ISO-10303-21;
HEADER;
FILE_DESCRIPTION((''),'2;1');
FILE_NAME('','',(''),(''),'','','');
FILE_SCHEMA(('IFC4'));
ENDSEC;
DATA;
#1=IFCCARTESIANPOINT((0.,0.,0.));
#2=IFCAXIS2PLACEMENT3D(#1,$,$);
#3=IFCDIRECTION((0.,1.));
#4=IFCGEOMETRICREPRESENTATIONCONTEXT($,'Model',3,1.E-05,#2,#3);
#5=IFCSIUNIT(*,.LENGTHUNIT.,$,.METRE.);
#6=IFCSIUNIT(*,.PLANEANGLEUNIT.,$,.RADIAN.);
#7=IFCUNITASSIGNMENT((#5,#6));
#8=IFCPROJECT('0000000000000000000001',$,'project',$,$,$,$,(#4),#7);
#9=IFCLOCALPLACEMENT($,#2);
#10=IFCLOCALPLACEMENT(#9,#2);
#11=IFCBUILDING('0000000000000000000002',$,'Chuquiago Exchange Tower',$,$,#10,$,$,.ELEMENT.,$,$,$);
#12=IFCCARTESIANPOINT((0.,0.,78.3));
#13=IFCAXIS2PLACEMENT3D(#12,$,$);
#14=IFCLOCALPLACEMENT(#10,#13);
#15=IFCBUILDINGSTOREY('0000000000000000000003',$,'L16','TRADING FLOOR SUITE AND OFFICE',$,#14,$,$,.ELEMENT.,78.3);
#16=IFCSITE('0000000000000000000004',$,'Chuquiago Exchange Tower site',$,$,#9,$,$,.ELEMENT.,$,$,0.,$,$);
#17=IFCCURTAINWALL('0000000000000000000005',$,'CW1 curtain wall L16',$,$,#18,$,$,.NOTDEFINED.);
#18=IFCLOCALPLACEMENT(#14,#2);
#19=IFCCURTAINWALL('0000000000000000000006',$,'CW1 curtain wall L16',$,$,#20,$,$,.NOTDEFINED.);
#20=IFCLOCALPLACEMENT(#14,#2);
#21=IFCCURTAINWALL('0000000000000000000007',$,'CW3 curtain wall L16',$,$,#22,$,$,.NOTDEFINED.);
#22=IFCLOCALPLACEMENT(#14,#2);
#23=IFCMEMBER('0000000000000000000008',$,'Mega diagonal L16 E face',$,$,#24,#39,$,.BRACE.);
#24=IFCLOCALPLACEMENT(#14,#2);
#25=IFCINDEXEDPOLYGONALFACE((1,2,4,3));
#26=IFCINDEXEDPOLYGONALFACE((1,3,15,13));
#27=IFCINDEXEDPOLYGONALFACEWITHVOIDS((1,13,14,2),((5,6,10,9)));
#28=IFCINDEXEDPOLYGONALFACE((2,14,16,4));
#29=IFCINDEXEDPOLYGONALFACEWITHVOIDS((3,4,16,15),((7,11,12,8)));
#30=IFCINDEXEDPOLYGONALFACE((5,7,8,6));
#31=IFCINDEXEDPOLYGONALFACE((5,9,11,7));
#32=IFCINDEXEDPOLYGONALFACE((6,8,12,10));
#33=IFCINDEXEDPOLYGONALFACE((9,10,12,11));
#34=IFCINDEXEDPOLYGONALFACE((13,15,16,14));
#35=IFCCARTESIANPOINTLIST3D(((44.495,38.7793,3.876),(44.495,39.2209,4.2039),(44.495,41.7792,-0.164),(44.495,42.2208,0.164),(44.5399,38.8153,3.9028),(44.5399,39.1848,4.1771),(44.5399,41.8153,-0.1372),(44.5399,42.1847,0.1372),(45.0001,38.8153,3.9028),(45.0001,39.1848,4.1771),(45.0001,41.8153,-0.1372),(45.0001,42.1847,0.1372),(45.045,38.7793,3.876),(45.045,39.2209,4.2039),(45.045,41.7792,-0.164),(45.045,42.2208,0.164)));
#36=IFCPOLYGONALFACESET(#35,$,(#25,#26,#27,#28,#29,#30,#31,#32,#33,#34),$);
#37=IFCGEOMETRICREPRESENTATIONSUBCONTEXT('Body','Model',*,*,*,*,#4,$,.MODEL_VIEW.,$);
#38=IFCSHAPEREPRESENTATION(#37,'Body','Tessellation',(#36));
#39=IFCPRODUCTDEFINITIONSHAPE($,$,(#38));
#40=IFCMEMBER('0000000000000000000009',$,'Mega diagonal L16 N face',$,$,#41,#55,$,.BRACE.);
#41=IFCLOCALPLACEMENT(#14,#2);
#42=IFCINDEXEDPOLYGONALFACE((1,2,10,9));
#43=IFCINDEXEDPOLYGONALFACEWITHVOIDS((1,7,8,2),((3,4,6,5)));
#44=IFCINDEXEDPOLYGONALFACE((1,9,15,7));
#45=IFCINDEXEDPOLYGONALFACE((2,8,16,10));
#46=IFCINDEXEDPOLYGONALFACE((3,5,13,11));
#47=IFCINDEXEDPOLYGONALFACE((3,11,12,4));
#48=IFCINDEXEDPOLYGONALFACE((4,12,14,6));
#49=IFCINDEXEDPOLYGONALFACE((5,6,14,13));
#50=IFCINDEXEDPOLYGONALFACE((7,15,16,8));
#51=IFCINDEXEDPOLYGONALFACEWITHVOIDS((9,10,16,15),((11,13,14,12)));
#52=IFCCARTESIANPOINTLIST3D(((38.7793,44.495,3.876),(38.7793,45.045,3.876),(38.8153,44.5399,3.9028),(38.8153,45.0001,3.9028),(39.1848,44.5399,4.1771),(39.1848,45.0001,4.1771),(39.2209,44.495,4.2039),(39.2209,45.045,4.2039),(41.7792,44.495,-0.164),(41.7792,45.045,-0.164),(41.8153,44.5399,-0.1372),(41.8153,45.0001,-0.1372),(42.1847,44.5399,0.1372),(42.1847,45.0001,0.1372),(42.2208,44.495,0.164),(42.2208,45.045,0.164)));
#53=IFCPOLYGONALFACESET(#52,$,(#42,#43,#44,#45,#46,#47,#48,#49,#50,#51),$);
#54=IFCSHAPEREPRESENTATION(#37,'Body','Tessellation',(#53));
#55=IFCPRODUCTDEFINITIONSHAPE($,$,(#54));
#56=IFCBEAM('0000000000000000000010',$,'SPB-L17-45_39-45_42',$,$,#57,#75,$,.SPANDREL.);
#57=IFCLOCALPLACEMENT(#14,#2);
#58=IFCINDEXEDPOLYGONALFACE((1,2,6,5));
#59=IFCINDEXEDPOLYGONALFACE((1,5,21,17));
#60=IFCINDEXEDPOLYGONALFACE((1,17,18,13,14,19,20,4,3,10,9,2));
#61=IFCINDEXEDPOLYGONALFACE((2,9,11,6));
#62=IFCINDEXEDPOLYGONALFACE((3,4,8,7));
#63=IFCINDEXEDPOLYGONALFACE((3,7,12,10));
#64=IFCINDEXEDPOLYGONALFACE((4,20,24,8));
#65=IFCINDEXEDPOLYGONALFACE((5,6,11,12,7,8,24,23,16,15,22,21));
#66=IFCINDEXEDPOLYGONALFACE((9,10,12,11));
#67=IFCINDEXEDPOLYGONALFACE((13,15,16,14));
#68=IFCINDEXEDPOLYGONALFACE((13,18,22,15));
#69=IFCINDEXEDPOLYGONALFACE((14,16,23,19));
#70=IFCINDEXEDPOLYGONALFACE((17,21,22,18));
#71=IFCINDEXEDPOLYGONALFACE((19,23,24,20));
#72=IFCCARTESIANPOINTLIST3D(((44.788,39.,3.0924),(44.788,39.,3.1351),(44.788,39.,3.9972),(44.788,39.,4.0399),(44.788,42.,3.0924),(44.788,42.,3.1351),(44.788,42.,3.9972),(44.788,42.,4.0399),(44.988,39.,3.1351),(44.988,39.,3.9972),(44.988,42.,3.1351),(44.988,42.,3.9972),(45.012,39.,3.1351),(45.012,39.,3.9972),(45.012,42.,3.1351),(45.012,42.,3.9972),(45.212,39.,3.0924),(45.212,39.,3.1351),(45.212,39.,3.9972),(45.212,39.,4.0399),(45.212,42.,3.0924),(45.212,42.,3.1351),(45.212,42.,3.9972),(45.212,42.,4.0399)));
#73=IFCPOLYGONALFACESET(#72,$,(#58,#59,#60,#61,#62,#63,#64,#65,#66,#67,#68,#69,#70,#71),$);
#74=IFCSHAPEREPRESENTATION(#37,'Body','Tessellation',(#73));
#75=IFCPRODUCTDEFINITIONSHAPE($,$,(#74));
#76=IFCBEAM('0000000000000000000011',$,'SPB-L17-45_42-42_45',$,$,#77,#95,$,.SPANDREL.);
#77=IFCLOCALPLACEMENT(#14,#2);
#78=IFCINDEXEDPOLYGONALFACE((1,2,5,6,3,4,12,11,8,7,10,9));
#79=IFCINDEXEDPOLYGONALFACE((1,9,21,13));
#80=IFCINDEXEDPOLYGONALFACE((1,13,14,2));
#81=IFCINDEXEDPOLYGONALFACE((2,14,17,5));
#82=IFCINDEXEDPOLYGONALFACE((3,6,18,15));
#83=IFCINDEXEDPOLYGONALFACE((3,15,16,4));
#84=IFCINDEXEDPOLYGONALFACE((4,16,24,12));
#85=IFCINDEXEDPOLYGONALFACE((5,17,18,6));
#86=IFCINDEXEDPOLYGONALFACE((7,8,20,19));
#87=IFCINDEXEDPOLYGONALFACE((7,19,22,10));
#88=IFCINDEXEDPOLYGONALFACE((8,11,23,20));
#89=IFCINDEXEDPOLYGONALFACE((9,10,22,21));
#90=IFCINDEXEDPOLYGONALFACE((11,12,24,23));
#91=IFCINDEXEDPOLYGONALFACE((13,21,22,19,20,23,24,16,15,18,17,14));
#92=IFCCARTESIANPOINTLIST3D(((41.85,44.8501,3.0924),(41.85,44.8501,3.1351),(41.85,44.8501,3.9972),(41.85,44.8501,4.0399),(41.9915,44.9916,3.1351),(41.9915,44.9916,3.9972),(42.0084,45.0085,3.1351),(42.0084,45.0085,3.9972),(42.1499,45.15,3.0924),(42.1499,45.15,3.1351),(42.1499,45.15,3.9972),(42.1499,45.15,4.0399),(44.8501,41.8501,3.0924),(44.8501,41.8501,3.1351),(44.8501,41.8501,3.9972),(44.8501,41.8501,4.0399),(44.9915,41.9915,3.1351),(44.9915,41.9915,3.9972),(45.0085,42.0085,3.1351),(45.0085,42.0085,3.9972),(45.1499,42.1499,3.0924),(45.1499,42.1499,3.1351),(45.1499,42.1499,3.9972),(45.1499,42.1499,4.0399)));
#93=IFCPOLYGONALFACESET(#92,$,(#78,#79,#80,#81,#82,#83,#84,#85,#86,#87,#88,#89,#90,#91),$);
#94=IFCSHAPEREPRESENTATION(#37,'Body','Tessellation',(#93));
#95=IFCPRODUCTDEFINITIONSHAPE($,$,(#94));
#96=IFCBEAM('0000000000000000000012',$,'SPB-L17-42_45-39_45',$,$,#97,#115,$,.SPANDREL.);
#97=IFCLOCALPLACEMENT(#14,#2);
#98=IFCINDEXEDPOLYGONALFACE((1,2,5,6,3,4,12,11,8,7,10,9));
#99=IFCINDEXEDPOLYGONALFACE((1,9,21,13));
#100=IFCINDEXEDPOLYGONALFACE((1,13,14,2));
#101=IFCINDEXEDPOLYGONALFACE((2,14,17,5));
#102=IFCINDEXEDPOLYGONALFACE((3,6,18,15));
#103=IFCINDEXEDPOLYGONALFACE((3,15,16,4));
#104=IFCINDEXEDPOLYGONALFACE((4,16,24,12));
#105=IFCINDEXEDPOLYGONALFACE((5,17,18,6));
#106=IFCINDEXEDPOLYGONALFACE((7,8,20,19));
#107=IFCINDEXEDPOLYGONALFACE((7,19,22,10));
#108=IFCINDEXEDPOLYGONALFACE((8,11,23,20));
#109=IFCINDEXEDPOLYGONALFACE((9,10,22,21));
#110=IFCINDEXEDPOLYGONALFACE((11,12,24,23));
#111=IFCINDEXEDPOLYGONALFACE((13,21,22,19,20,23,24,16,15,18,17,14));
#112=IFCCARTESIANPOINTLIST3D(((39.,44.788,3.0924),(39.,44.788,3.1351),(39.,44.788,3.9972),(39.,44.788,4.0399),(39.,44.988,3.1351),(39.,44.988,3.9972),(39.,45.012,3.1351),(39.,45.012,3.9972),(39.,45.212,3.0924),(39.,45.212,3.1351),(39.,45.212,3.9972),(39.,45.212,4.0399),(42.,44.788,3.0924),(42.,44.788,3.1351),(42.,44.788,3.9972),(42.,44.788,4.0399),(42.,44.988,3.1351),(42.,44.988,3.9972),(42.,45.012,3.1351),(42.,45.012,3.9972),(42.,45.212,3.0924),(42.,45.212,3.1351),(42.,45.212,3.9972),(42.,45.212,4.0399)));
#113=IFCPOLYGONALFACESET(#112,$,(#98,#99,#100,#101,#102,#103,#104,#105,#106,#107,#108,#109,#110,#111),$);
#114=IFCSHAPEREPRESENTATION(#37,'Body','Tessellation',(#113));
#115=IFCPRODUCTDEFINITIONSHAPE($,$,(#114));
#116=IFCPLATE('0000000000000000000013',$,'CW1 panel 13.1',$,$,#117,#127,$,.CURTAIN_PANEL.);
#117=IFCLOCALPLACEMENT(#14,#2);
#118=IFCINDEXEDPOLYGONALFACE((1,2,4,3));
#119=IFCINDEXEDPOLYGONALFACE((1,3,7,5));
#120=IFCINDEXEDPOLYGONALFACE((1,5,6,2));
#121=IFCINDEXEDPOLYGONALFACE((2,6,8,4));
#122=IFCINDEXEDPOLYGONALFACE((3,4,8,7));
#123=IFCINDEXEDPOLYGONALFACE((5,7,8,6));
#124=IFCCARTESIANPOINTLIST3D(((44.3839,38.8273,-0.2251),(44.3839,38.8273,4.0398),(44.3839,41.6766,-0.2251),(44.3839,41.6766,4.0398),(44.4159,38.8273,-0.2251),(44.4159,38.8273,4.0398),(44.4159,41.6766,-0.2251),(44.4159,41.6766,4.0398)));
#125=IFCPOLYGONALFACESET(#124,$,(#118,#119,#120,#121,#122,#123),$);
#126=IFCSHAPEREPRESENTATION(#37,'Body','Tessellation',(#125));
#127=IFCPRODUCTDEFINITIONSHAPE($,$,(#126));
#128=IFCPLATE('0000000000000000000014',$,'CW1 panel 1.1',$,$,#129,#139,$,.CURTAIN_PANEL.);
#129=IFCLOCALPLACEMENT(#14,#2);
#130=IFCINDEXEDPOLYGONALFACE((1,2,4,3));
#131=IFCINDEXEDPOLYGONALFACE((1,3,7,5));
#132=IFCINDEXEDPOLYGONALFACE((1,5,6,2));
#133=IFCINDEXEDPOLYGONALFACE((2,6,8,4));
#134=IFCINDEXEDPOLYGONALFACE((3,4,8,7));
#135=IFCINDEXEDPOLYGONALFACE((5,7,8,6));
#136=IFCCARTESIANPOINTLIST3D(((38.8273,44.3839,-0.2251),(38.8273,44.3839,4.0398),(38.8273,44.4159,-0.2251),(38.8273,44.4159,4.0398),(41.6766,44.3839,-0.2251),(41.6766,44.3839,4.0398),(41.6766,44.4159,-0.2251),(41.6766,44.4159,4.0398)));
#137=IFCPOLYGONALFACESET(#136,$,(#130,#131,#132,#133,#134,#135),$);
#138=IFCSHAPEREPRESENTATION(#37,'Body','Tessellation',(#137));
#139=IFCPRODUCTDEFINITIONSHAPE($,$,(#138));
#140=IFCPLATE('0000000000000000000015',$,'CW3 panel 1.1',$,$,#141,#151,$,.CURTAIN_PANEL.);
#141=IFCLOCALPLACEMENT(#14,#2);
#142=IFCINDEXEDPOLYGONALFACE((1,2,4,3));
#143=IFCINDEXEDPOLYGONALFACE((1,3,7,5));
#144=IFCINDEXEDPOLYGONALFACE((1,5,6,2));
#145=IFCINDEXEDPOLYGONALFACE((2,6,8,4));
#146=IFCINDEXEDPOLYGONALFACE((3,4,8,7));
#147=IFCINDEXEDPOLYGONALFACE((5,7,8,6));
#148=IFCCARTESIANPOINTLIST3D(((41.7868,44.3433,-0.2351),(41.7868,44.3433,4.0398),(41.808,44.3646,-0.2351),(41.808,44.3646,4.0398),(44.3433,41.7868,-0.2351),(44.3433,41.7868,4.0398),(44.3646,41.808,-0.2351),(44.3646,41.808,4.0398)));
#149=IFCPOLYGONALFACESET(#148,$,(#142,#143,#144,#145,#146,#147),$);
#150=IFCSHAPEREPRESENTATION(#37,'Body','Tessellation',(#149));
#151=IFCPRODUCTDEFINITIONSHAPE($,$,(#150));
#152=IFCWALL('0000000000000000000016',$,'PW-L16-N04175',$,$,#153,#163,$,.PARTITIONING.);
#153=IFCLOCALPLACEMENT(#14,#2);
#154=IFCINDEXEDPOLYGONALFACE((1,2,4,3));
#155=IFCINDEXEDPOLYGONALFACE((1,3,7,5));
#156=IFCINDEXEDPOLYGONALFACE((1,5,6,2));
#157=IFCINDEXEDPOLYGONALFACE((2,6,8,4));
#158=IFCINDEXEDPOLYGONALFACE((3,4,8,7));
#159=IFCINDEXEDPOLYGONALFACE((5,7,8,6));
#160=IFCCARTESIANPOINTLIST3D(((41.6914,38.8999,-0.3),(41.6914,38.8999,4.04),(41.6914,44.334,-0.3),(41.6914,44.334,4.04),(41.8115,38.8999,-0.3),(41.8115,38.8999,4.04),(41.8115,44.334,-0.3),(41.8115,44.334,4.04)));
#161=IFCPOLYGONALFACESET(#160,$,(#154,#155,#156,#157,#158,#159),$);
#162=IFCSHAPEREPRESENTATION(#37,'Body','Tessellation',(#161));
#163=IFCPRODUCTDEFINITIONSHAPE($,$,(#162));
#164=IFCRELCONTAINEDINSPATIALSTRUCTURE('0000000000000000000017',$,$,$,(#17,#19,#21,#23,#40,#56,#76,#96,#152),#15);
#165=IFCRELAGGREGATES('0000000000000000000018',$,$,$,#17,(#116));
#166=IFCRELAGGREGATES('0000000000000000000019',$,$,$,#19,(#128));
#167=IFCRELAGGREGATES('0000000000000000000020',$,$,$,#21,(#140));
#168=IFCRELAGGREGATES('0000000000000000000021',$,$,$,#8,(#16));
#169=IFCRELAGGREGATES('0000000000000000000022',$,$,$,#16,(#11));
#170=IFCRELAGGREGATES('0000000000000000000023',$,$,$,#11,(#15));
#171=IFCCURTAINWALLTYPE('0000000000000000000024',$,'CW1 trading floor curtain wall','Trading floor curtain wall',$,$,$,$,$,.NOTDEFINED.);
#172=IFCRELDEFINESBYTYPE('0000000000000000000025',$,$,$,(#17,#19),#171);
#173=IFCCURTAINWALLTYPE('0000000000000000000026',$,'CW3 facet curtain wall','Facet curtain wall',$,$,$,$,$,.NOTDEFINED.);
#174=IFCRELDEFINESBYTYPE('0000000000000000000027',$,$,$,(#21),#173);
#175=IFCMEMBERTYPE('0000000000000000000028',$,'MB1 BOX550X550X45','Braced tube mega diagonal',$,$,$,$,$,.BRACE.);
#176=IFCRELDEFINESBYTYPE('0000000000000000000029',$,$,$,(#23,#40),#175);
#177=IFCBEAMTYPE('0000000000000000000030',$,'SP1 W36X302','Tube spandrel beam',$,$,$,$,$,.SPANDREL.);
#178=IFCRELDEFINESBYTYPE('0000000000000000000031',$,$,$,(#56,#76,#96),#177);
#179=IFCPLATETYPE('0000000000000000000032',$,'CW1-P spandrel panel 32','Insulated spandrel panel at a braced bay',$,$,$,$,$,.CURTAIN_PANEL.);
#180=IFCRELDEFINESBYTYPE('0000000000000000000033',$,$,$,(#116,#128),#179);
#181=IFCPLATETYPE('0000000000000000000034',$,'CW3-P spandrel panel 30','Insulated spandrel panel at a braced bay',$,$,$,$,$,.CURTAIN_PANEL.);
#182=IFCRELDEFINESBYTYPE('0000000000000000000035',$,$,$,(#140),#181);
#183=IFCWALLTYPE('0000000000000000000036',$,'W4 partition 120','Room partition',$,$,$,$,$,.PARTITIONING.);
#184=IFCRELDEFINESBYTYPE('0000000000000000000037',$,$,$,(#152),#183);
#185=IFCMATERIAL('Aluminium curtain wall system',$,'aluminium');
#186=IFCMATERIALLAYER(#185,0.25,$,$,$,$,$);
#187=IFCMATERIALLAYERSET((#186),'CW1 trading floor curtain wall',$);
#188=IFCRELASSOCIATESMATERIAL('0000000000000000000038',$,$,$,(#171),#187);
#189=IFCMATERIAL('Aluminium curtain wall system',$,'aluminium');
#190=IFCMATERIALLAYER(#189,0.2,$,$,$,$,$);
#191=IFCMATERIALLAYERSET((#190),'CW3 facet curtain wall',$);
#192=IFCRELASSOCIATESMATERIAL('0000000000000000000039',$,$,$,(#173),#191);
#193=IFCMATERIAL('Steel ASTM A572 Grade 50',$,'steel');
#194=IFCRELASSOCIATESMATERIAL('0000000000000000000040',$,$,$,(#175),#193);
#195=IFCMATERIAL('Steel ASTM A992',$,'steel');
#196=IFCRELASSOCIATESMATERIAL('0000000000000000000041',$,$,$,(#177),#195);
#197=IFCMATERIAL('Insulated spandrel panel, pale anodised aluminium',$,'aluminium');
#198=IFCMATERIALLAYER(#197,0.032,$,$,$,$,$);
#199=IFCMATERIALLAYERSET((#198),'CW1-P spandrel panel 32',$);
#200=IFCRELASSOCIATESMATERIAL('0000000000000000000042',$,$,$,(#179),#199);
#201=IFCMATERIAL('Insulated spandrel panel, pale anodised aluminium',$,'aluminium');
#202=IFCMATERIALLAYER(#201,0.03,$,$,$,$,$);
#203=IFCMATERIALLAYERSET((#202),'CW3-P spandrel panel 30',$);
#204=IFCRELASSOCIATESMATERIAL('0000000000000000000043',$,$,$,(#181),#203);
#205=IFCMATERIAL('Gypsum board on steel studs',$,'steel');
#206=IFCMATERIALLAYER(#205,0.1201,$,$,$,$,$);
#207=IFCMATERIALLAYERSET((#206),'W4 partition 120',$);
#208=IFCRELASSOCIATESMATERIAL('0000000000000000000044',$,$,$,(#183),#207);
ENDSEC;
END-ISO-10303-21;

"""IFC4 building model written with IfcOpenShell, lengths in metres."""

from ifc_helpers import new_model, si_unit, direction, frame, frame_2d, origin, origin_2d, place, context, subcontext, project, spatial, rectangle, hollow_rectangle, i_section, extrude, material, layer, layer_set, material_profile, profile_set, type_object, element, aggregate, save


model = new_model("IFC4")

# Units and contexts
model_context = context("Model", 3, precision=1e-05, world=origin(), true_north=direction((0.0, 1.0)))
body_context = subcontext(model_context, "Body", "Model", "MODEL_VIEW")
ifc_project = project(units=[si_unit("LENGTHUNIT", "METRE"), si_unit("PLANEANGLEUNIT", "RADIAN")], contexts=[model_context])

# Site, building, storey
site_placement = place(None, origin())
site = spatial("IfcSite", under=ifc_project, at=site_placement, Name="Chuquiago Exchange Tower site", CompositionType="ELEMENT", RefElevation=0.0)
building_placement = place(site_placement, origin())
building = spatial("IfcBuilding", under=site, at=building_placement, Name="Chuquiago Exchange Tower", CompositionType="ELEMENT")
storey_placement = place(building_placement, frame((0.0, 0.0, 78.3)))
storey = spatial("IfcBuildingStorey", under=building, at=storey_placement, Name="L16", Description="TRADING FLOOR SUITE AND OFFICE", CompositionType="ELEMENT", Elevation=78.3)

# Curtain walls
ifc_material_1 = material(Name="Aluminium curtain wall system", Category="aluminium")
ifc_layer_1 = layer(ifc_material_1, 0.25)
ifc_layer_set_1 = layer_set([ifc_layer_1], Name="CW1 trading floor curtain wall")
curtain_wall_type_1 = type_object("IfcCurtainWallType", Name="CW1 trading floor curtain wall", Description="Trading floor curtain wall", PredefinedType="NOTDEFINED", material=ifc_layer_set_1)
curtain_wall_1_placement = place(storey_placement, origin())
curtain_wall_1 = element("IfcCurtainWall", 1, at=curtain_wall_1_placement, inside=storey, type_object=curtain_wall_type_1, Name="CW1 curtain wall L16", PredefinedType="NOTDEFINED")
curtain_wall_2_placement = place(storey_placement, origin())
curtain_wall_2 = element("IfcCurtainWall", 2, at=curtain_wall_2_placement, inside=storey, type_object=curtain_wall_type_1, Name="CW1 curtain wall L16", PredefinedType="NOTDEFINED")

# Curtain wall
ifc_material_2 = material(Name="Aluminium curtain wall system", Category="aluminium")
ifc_layer_2 = layer(ifc_material_2, 0.2)
ifc_layer_set_2 = layer_set([ifc_layer_2], Name="CW3 facet curtain wall")
curtain_wall_type_2 = type_object("IfcCurtainWallType", Name="CW3 facet curtain wall", Description="Facet curtain wall", PredefinedType="NOTDEFINED", material=ifc_layer_set_2)
curtain_wall_3_placement = place(storey_placement, origin())
curtain_wall_3 = element("IfcCurtainWall", 3, at=curtain_wall_3_placement, inside=storey, type_object=curtain_wall_type_2, Name="CW3 curtain wall L16", PredefinedType="NOTDEFINED")

# Members
ifc_material_3 = material(Name="Steel ASTM A572 Grade 50", Category="steel")
ifc_material_profile_1 = material_profile(ifc_material_3, hollow_rectangle(XDim=0.55, YDim=0.55, WallThickness=0.0449, at=origin_2d()), Name="BOX550X550X45")
ifc_profile_set_1 = profile_set([ifc_material_profile_1], Name="Steel ASTM A572 Grade 50")
member_type_1 = type_object("IfcMemberType", Name="MB1 BOX550X550X45", Description="Braced tube mega diagonal", PredefinedType="BRACE", material=ifc_profile_set_1)
for number, where, z_axis, x_axis, name in (
    (4, (44.77, 42.0, 0.0), (0.0, -0.596174, 0.802855), (1.0, 0.0, 0.0), "Mega diagonal L16 E face"),
    (5, (42.0, 44.77, 0.0), (-0.596174, 0.0, 0.802855), (0.0, -1.0, 0.0), "Mega diagonal L16 N face"),
):
    element("IfcMember", number, at=place(storey_placement, frame(where, z_axis=z_axis, x_axis=x_axis)), inside=storey, type_object=member_type_1, Name=name, PredefinedType="BRACE", context=body_context, shape_type="SweptSolid", body=[
        extrude(hollow_rectangle(XDim=0.55, YDim=0.55, WallThickness=0.0449, at=origin_2d()), origin(), (0.0, 0.0, 1.0), 5.032),
    ])

# Beams
ifc_material_4 = material(Name="Steel ASTM A992", Category="steel")
ifc_material_profile_2 = material_profile(ifc_material_4, i_section(OverallWidth=0.4241, OverallDepth=0.9475, WebThickness=0.0239, FlangeThickness=0.0427, at=origin_2d()), Name="W36X302")
ifc_profile_set_2 = profile_set([ifc_material_profile_2], Name="Steel ASTM A992")
beam_type = type_object("IfcBeamType", Name="SP1 W36X302", Description="Tube spandrel beam", PredefinedType="SPANDREL", material=ifc_profile_set_2)
beam_1_placement = place(storey_placement, frame((45.0, 39.0, 3.5662), z_axis=(0.0, 1.0, 0.0), x_axis=(-1.0, 0.0, 0.0)))
element("IfcBeam", 6, at=beam_1_placement, inside=storey, type_object=beam_type, Name="SPB-L17-45_39-45_42", PredefinedType="SPANDREL", context=body_context, shape_type="SweptSolid", body=[
    extrude(i_section(OverallWidth=0.4241, OverallDepth=0.9475, WebThickness=0.0239, FlangeThickness=0.0427, at=origin_2d()), origin(), (0.0, 0.0, 1.0), 3.0),
])
beam_2_placement = place(storey_placement, frame((45.0, 42.0, 3.5662), z_axis=(-0.707107, 0.707107, 0.0), x_axis=(-0.707107, -0.707107, 0.0)))
element("IfcBeam", 7, at=beam_2_placement, inside=storey, type_object=beam_type, Name="SPB-L17-45_42-42_45", PredefinedType="SPANDREL", context=body_context, shape_type="SweptSolid", body=[
    extrude(i_section(OverallWidth=0.4241, OverallDepth=0.9475, WebThickness=0.0239, FlangeThickness=0.0427, at=origin_2d()), origin(), (0.0, 0.0, 1.0), 4.2427),
])
beam_3_placement = place(storey_placement, frame((42.0, 45.0, 3.5662), z_axis=(-1.0, 0.0, 0.0), x_axis=(0.0, -1.0, 0.0)))
element("IfcBeam", 8, at=beam_3_placement, inside=storey, type_object=beam_type, Name="SPB-L17-42_45-39_45", PredefinedType="SPANDREL", context=body_context, shape_type="SweptSolid", body=[
    extrude(i_section(OverallWidth=0.4241, OverallDepth=0.9475, WebThickness=0.0239, FlangeThickness=0.0427, at=origin_2d()), origin(), (0.0, 0.0, 1.0), 3.0),
])

# Plates
ifc_material_5 = material(Name="Insulated spandrel panel, pale anodised aluminium", Category="aluminium")
ifc_layer_3 = layer(ifc_material_5, 0.032)
ifc_layer_set_3 = layer_set([ifc_layer_3], Name="CW1-P spandrel panel 32")
plate_type_1 = type_object("IfcPlateType", Name="CW1-P spandrel panel 32", Description="Insulated spandrel panel at a braced bay", PredefinedType="CURTAIN_PANEL", material=ifc_layer_set_3)
plate_1_placement = place(storey_placement, frame((44.3999, 40.252, -0.2251), z_axis=(0.0, 0.0, 1.0), x_axis=(0.0, 1.0, 0.0)))
plate_1 = element("IfcPlate", 9, at=plate_1_placement, type_object=plate_type_1, Name="CW1 panel 13.1", PredefinedType="CURTAIN_PANEL", context=body_context, shape_type="SweptSolid", body=[
    extrude(rectangle(XDim=2.8494, YDim=0.032, at=origin_2d()), origin(), (0.0, 0.0, 1.0), 4.2649),
])
aggregate(curtain_wall_1, [plate_1])
plate_2_placement = place(storey_placement, frame((40.252, 44.3999, -0.2251), z_axis=(0.0, 0.0, 1.0), x_axis=(-1.0, 0.0, 0.0)))
plate_2 = element("IfcPlate", 10, at=plate_2_placement, type_object=plate_type_1, Name="CW1 panel 1.1", PredefinedType="CURTAIN_PANEL", context=body_context, shape_type="SweptSolid", body=[
    extrude(rectangle(XDim=2.8494, YDim=0.032, at=origin_2d()), origin(), (0.0, 0.0, 1.0), 4.2649),
])
aggregate(curtain_wall_2, [plate_2])
ifc_material_6 = material(Name="Insulated spandrel panel, pale anodised aluminium", Category="aluminium")
ifc_layer_4 = layer(ifc_material_6, 0.03)
ifc_layer_set_4 = layer_set([ifc_layer_4], Name="CW3-P spandrel panel 30")
plate_type_2 = type_object("IfcPlateType", Name="CW3-P spandrel panel 30", Description="Insulated spandrel panel at a braced bay", PredefinedType="CURTAIN_PANEL", material=ifc_layer_set_4)
plate_3_placement = place(storey_placement, frame((43.0757, 43.0757, -0.2351), z_axis=(0.0, 0.0, 1.0), x_axis=(-0.707107, 0.707107, 0.0)))
plate_3 = element("IfcPlate", 11, at=plate_3_placement, type_object=plate_type_2, Name="CW3 panel 1.1", PredefinedType="CURTAIN_PANEL", context=body_context, shape_type="SweptSolid", body=[
    extrude(rectangle(XDim=3.6155, YDim=0.03, at=origin_2d()), origin(), (0.0, 0.0, 1.0), 4.2749),
])
aggregate(curtain_wall_3, [plate_3])

# Wall
ifc_material_7 = material(Name="Gypsum board on steel studs", Category="steel")
ifc_layer_5 = layer(ifc_material_7, 0.1201)
ifc_layer_set_5 = layer_set([ifc_layer_5], Name="W4 partition 120")
wall_type = type_object("IfcWallType", Name="W4 partition 120", Description="Room partition", PredefinedType="PARTITIONING", material=ifc_layer_set_5)
wall_placement = place(storey_placement, frame((41.7515, 44.334, -0.3), z_axis=(0.0, 0.0, 1.0), x_axis=(0.0, -1.0, 0.0)))
element("IfcWall", 12, at=wall_placement, inside=storey, type_object=wall_type, Name="PW-L16-N04175", PredefinedType="PARTITIONING", context=body_context, shape_type="SweptSolid", body=[
    extrude(rectangle(XDim=5.4341, YDim=0.1201, at=frame_2d((2.717, 0.0))), origin(), (0.0, 0.0, 1.0), 4.3401),
])

save(model, "model.ifc")
